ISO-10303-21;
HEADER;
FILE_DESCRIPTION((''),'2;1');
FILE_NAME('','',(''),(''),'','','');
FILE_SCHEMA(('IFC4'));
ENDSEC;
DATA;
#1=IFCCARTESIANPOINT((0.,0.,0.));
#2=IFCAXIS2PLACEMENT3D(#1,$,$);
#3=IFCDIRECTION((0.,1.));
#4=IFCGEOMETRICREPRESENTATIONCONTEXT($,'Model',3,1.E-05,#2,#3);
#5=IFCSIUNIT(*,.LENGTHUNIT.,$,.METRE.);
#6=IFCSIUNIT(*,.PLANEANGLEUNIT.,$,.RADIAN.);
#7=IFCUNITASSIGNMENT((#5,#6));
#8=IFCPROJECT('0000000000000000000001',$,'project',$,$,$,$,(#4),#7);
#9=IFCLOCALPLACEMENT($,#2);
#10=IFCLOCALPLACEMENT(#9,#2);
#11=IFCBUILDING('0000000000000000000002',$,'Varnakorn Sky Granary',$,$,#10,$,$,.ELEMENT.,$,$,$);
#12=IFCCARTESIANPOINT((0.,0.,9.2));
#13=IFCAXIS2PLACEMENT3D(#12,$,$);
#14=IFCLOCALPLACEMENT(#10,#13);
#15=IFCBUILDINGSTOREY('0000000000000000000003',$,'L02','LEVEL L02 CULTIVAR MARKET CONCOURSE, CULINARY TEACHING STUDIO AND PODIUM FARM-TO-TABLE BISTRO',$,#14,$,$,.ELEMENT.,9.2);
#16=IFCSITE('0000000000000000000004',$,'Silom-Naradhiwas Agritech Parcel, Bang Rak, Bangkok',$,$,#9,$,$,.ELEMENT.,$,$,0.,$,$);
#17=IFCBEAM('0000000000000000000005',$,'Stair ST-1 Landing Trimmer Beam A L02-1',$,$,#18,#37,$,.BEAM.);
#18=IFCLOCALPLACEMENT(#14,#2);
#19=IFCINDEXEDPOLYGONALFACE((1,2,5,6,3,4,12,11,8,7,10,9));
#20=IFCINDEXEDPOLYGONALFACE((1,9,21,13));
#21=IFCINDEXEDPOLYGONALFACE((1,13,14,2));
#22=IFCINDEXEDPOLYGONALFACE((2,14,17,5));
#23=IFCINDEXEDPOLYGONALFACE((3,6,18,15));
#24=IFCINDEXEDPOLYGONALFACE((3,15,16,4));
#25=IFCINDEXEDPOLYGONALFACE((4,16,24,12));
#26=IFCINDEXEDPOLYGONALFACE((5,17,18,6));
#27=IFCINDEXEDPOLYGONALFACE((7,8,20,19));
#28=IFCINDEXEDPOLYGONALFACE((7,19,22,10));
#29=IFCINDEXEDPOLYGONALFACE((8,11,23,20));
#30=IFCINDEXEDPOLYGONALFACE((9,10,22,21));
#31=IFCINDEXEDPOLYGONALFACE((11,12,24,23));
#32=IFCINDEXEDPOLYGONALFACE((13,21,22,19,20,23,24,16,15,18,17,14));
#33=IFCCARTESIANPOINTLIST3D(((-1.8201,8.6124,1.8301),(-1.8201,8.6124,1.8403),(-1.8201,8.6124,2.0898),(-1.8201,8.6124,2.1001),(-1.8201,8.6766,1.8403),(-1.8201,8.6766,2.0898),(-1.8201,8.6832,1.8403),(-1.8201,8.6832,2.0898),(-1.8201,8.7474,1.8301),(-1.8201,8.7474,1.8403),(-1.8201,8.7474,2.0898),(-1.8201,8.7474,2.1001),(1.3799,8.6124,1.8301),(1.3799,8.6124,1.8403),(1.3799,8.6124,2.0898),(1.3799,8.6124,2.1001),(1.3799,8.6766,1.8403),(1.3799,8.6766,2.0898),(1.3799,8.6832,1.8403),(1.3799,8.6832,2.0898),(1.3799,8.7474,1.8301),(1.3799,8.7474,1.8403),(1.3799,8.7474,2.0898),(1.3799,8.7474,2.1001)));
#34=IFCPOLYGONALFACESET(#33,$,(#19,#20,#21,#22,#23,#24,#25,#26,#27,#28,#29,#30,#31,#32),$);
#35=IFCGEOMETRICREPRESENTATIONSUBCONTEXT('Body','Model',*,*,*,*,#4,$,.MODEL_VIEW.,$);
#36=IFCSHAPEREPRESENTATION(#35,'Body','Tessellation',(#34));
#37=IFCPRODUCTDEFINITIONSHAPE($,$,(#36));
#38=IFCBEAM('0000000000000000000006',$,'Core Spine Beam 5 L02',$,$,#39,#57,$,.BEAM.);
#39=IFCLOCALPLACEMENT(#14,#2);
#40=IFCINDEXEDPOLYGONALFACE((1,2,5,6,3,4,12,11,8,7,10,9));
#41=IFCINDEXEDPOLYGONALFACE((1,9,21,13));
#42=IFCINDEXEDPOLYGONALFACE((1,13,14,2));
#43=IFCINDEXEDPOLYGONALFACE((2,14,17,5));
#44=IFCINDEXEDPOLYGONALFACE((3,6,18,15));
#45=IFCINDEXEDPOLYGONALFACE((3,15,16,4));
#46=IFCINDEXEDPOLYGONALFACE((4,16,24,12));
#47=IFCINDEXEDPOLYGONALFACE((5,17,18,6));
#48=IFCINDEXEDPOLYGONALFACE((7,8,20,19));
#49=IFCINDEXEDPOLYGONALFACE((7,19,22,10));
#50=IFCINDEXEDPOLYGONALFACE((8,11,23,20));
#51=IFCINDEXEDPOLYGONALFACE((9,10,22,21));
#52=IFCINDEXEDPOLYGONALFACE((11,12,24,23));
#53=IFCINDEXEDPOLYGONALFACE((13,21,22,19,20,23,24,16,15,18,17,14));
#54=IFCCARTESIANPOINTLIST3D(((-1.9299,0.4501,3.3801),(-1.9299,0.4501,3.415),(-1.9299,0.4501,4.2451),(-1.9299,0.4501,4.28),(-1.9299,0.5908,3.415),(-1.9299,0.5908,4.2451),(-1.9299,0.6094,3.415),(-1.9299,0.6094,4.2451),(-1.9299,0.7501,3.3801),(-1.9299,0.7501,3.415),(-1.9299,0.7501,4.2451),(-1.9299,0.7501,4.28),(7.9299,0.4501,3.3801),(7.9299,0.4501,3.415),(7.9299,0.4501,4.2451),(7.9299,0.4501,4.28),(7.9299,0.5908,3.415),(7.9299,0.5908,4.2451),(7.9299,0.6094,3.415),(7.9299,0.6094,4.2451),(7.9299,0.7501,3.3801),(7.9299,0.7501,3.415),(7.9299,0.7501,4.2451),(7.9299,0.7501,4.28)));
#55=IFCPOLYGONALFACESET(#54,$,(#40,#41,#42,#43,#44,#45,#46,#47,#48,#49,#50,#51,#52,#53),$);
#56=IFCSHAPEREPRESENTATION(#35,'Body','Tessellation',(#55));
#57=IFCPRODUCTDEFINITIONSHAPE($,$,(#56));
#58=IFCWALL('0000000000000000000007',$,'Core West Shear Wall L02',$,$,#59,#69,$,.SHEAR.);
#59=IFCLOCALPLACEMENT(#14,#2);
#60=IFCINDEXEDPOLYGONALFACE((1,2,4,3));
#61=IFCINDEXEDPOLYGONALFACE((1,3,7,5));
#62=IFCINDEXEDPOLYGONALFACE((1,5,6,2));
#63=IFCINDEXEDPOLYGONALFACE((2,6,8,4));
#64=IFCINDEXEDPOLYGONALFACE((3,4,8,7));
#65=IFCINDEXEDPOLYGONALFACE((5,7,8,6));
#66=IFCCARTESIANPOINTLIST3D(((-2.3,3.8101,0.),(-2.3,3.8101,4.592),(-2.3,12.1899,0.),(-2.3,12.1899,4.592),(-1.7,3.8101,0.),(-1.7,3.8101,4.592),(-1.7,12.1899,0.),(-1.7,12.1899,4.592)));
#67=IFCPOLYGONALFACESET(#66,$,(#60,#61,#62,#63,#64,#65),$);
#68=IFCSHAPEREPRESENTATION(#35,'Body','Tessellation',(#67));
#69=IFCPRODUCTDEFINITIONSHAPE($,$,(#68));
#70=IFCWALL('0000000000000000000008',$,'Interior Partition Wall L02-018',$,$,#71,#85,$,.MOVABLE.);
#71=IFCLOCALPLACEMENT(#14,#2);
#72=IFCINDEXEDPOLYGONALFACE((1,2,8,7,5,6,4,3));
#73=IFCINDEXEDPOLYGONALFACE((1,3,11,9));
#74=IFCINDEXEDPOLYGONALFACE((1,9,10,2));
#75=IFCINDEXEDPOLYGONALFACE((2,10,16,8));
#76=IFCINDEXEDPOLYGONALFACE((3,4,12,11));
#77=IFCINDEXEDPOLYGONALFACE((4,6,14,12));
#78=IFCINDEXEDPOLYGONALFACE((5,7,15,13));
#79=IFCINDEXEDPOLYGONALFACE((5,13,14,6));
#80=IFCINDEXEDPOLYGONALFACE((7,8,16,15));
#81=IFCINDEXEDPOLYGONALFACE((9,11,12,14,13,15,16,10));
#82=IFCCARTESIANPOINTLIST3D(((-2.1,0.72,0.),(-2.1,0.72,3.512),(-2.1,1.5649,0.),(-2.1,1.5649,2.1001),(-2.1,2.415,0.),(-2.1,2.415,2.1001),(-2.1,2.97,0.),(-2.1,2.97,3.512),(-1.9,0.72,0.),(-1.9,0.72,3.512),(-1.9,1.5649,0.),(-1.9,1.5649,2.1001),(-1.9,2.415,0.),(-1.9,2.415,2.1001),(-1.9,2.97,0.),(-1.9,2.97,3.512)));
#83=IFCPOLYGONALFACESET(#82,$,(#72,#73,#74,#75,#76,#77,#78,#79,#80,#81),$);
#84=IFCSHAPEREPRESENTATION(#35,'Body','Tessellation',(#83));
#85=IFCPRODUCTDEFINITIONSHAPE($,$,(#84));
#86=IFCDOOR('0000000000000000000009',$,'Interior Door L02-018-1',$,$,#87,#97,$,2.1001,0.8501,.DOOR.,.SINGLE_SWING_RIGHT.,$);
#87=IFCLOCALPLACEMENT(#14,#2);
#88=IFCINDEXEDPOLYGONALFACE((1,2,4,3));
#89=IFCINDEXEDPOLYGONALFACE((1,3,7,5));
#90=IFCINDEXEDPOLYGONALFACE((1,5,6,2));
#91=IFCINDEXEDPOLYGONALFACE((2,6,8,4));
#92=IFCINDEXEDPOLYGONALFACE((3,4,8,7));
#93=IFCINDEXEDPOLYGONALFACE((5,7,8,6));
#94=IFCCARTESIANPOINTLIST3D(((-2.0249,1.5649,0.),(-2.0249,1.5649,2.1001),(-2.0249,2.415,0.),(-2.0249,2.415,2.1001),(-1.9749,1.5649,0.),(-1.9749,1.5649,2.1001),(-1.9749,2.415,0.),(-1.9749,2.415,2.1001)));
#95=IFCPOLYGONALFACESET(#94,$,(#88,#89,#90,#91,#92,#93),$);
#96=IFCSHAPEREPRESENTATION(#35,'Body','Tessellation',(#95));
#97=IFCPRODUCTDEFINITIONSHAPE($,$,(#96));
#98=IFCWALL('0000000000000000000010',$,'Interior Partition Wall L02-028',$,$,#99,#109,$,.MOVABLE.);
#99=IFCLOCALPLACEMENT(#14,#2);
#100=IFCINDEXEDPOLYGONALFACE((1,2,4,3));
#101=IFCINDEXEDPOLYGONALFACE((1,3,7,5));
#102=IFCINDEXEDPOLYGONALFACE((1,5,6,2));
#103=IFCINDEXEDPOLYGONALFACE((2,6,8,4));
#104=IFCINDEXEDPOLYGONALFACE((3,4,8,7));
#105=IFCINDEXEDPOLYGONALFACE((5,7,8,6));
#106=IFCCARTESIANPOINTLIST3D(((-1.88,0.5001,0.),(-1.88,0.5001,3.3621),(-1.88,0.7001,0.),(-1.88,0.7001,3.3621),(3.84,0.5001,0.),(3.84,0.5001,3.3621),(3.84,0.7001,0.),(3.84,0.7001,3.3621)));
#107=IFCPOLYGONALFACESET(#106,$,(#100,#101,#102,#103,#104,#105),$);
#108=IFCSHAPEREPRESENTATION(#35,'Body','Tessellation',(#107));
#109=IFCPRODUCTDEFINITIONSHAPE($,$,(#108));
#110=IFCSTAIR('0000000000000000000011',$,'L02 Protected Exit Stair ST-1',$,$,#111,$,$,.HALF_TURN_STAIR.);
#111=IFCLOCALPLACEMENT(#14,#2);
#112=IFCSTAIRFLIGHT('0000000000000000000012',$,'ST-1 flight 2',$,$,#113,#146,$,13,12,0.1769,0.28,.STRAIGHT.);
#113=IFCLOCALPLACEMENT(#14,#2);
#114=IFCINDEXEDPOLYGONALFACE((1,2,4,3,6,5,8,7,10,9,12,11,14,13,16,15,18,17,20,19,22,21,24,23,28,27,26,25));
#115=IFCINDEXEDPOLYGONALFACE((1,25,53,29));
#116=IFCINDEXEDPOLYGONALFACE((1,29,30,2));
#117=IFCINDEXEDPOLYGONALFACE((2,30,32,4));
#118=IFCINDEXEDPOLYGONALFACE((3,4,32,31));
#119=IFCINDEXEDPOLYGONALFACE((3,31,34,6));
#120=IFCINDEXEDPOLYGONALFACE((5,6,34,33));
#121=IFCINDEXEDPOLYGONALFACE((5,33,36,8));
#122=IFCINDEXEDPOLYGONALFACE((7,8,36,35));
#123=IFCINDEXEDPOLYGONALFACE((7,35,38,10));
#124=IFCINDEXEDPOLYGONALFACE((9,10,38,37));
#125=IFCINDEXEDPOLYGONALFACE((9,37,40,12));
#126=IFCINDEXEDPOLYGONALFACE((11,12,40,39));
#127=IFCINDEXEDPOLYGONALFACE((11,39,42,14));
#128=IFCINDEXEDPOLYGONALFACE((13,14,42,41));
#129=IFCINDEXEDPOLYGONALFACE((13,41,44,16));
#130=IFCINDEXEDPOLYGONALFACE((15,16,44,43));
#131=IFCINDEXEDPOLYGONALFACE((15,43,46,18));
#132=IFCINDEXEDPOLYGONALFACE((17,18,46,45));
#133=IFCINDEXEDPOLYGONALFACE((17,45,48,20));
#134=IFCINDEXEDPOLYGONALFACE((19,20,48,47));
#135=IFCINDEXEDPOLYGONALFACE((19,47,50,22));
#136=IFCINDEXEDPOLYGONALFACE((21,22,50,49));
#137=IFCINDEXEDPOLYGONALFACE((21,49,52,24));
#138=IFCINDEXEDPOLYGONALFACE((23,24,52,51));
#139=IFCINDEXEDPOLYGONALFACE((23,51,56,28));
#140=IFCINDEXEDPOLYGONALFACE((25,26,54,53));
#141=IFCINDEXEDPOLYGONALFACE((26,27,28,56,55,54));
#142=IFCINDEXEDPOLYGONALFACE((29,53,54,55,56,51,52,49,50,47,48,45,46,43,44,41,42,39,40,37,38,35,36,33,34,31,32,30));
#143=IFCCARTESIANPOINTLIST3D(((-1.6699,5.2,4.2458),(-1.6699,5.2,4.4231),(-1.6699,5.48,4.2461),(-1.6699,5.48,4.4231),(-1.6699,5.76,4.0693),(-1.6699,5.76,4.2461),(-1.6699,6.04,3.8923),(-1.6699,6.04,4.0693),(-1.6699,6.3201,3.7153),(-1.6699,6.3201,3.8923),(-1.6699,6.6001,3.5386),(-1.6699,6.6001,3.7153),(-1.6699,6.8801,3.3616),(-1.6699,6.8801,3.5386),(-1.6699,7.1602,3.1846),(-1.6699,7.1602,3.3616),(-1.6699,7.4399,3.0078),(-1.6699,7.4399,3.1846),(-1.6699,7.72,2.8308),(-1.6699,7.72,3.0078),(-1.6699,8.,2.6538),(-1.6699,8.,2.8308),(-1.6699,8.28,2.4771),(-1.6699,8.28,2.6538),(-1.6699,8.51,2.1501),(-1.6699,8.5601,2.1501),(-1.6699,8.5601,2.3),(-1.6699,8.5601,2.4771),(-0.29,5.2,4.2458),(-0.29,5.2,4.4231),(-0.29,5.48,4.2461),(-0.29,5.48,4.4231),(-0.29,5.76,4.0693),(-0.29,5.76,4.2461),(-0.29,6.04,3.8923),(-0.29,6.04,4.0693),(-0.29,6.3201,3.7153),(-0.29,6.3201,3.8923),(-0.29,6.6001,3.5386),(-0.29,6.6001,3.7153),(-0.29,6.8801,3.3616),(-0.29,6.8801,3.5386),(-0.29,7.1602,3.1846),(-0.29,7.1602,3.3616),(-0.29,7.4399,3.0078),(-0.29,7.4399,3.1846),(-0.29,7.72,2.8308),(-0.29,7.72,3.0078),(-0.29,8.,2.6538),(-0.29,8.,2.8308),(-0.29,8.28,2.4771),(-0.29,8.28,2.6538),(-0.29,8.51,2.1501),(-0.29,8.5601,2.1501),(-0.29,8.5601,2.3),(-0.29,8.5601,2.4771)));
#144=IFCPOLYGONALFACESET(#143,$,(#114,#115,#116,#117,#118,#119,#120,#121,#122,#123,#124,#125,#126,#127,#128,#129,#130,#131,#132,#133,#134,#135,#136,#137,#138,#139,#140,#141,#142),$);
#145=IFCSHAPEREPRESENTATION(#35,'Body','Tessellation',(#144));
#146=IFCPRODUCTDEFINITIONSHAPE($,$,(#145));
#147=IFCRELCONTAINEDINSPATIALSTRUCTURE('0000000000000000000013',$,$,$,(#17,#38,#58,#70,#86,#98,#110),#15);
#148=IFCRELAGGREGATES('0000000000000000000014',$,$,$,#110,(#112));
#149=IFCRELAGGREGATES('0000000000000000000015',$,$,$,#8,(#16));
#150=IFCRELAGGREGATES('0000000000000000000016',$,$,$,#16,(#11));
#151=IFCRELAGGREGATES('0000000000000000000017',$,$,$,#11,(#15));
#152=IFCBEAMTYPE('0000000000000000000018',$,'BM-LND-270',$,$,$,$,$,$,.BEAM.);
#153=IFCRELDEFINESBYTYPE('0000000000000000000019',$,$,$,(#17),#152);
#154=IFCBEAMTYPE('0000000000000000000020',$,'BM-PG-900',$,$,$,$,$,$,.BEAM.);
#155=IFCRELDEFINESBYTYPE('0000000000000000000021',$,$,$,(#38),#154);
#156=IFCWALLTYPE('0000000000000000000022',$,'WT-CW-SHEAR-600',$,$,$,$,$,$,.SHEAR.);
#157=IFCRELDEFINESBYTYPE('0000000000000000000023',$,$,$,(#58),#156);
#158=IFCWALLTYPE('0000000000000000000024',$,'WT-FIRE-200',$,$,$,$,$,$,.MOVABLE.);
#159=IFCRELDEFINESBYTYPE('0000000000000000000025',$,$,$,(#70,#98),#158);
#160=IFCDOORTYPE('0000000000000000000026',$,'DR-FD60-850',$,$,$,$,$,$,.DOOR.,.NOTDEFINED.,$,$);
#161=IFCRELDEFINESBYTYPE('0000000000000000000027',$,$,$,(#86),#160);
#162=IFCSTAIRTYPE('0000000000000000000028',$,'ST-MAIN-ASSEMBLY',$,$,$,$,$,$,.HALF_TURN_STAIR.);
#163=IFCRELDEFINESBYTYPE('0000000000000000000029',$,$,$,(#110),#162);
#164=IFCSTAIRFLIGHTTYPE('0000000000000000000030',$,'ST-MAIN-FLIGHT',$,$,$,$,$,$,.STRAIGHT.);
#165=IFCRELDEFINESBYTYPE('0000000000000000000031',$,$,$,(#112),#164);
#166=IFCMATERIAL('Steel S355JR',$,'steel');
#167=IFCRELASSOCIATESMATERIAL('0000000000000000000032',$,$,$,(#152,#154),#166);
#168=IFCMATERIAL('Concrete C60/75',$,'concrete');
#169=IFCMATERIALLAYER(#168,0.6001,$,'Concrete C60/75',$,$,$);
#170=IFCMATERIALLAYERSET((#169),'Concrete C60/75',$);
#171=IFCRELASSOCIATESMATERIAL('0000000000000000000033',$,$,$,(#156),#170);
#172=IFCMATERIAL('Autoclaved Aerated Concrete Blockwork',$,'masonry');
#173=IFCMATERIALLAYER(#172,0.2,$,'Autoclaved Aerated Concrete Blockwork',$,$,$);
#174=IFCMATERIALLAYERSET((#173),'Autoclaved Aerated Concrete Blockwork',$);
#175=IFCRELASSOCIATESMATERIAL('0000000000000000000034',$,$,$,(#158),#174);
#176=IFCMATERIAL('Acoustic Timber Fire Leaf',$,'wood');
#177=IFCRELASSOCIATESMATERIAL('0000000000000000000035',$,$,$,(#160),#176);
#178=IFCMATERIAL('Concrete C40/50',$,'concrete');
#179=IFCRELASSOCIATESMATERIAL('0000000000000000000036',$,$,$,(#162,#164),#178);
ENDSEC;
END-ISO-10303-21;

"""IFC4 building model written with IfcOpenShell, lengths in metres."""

from ifc_helpers import new_model, si_unit, direction, frame, frame_2d, origin, origin_2d, place, context, subcontext, project, spatial, polyline, rectangle, i_section, outline, extrude, material, layer, layer_set, material_profile, profile_set, type_object, element, fill, aggregate, save


model = new_model("IFC4")

# Units and contexts
model_context = context("Model", 3, precision=1e-05, world=origin(), true_north=direction((0.0, 1.0)))
body_context = subcontext(model_context, "Body", "Model", "MODEL_VIEW")
ifc_project = project(units=[si_unit("LENGTHUNIT", "METRE"), si_unit("PLANEANGLEUNIT", "RADIAN")], contexts=[model_context])

# Site, building, storey
site_placement = place(None, origin())
site = spatial("IfcSite", under=ifc_project, at=site_placement, Name="Silom-Naradhiwas Agritech Parcel, Bang Rak, Bangkok", CompositionType="ELEMENT", RefElevation=0.0)
building_placement = place(site_placement, origin())
building = spatial("IfcBuilding", under=site, at=building_placement, Name="Varnakorn Sky Granary", CompositionType="ELEMENT")
storey_placement = place(building_placement, frame((0.0, 0.0, 9.2)))
storey = spatial("IfcBuildingStorey", under=building, at=storey_placement, Name="L02", Description="LEVEL L02 CULTIVAR MARKET CONCOURSE, CULINARY TEACHING STUDIO AND PODIUM FARM-TO-TABLE BISTRO", CompositionType="ELEMENT", Elevation=9.2)

# Beams
ifc_material_1 = material(Name="Steel S355JR", Category="steel")
ifc_material_profile_1 = material_profile(ifc_material_1, i_section(OverallWidth=0.135, OverallDepth=0.27, WebThickness=0.0066, FlangeThickness=0.0103, at=origin_2d()), Name="IPE 270")
ifc_profile_set_1 = profile_set([ifc_material_profile_1], Name="Steel S355JR")
beam_type_1 = type_object("IfcBeamType", Name="BM-LND-270", PredefinedType="BEAM", material=ifc_profile_set_1)
beam_1_placement = place(storey_placement, frame((-1.8201, 8.6799, 1.9651), z_axis=(1.0, 0.0, 0.0), x_axis=(0.0, 1.0, 0.0)))
element("IfcBeam", 1, at=beam_1_placement, inside=storey, type_object=beam_type_1, Name="Stair ST-1 Landing Trimmer Beam A L02-1", PredefinedType="BEAM", context=body_context, shape_type="SweptSolid", body=[
    extrude(i_section(OverallWidth=0.135, OverallDepth=0.27, WebThickness=0.0066, FlangeThickness=0.0103, at=origin_2d()), origin(), (0.0, 0.0, 1.0), 3.2),
])
ifc_material_profile_2 = material_profile(ifc_material_1, i_section(OverallWidth=0.3, OverallDepth=0.8999, WebThickness=0.0186, FlangeThickness=0.0349, at=origin_2d()), Name="HE 900 B")
ifc_profile_set_2 = profile_set([ifc_material_profile_2], Name="Steel S355JR")
beam_type_2 = type_object("IfcBeamType", Name="BM-PG-900", PredefinedType="BEAM", material=ifc_profile_set_2)
beam_2_placement = place(storey_placement, frame((-1.9299, 0.6001, 3.8301), z_axis=(1.0, 0.0, 0.0), x_axis=(0.0, 1.0, 0.0)))
element("IfcBeam", 2, at=beam_2_placement, inside=storey, type_object=beam_type_2, Name="Core Spine Beam 5 L02", PredefinedType="BEAM", context=body_context, shape_type="SweptSolid", body=[
    extrude(i_section(OverallWidth=0.3, OverallDepth=0.8999, WebThickness=0.0186, FlangeThickness=0.0349, at=origin_2d()), origin(), (0.0, 0.0, 1.0), 9.8599),
])

# Shared definitions
ifc_material_2 = material(Name="Concrete C60/75", Category="concrete")
ifc_layer_1 = layer(ifc_material_2, 0.6001, Name="Concrete C60/75")
ifc_layer_set_1 = layer_set([ifc_layer_1], Name="Concrete C60/75")
wall_type_1 = type_object("IfcWallType", Name="WT-CW-SHEAR-600", PredefinedType="SHEAR", material=ifc_layer_set_1)

# Wall
wall_1_placement = place(storey_placement, frame((-2.0, 3.8101, 0.0), z_axis=(0.0, 0.0, 1.0), x_axis=(0.0, 1.0, 0.0)))
element("IfcWall", 3, at=wall_1_placement, inside=storey, type_object=wall_type_1, Name="Core West Shear Wall L02", PredefinedType="SHEAR", context=body_context, shape_type="SweptSolid", body=[
    extrude(rectangle(XDim=8.3799, YDim=0.6001, at=frame_2d((4.1899, 0.0))), origin(), (0.0, 0.0, 1.0), 4.592),
])

# Wall, opening, door
ifc_material_3 = material(Name="Autoclaved Aerated Concrete Blockwork", Category="masonry")
ifc_layer_2 = layer(ifc_material_3, 0.2, Name="Autoclaved Aerated Concrete Blockwork")
ifc_layer_set_2 = layer_set([ifc_layer_2], Name="Autoclaved Aerated Concrete Blockwork")
wall_type_2 = type_object("IfcWallType", Name="WT-FIRE-200", PredefinedType="MOVABLE", material=ifc_layer_set_2)
wall_2_placement = place(storey_placement, frame((-2.0, 0.72, 0.0), z_axis=(0.0, 0.0, 1.0), x_axis=(0.0, 1.0, 0.0)))
wall_2 = element("IfcWall", 4, at=wall_2_placement, inside=storey, type_object=wall_type_2, Name="Interior Partition Wall L02-018", PredefinedType="MOVABLE", context=body_context, shape_type="SweptSolid", body=[
    extrude(rectangle(XDim=2.25, YDim=0.2, at=frame_2d((1.125, 0.0))), origin(), (0.0, 0.0, 1.0), 3.512),
])
opening_1_placement = place(wall_2_placement, frame((0.845, 0.0, 0.0)))
opening_1 = element("IfcOpeningElement", 5, at=opening_1_placement, cuts=wall_2, PredefinedType="OPENING", context=body_context, shape_type="SweptSolid", body=[
    extrude(rectangle(XDim=0.8501, YDim=2.1001, at=frame_2d((0.425, 1.05))), frame((0.0, 0.1099, 0.0), z_axis=(0.0, -1.0, 0.0), x_axis=(1.0, 0.0, 0.0)), (0.0, 0.0, 1.0), 0.22),
])
ifc_material_4 = material(Name="Acoustic Timber Fire Leaf", Category="wood")
door_type_1 = type_object("IfcDoorType", Name="DR-FD60-850", OperationType="NOTDEFINED", PredefinedType="DOOR", material=ifc_material_4)
door_1_placement = place(opening_1_placement, origin())
door_1 = element("IfcDoor", 6, at=door_1_placement, inside=storey, type_object=door_type_1, Name="Interior Door L02-018-1", OperationType="SINGLE_SWING_RIGHT", OverallHeight=2.1001, OverallWidth=0.8501, PredefinedType="DOOR", context=body_context, shape_type="SweptSolid", body=[
    extrude(rectangle(XDim=0.8501, YDim=2.1001, at=frame_2d((0.425, 1.05))), frame((0.0, 0.0249, 0.0), z_axis=(0.0, -1.0, 0.0), x_axis=(1.0, 0.0, 0.0)), (0.0, 0.0, 1.0), 0.05),
])
fill(opening_1, door_1)

# Wall
wall_3_placement = place(storey_placement, frame((-1.8799, 0.6001, 0.0), z_axis=(0.0, 0.0, 1.0), x_axis=(1.0, 0.0, 0.0)))
element("IfcWall", 7, at=wall_3_placement, inside=storey, type_object=wall_type_2, Name="Interior Partition Wall L02-028", PredefinedType="MOVABLE", context=body_context, shape_type="SweptSolid", body=[
    extrude(rectangle(XDim=5.72, YDim=0.2, at=frame_2d((2.8599, 0.0))), origin(), (0.0, 0.0, 1.0), 3.3621),
])

# Stair, stair flight
ifc_material_5 = material(Name="Concrete C40/50", Category="concrete")
stair_type = type_object("IfcStairType", Name="ST-MAIN-ASSEMBLY", PredefinedType="HALF_TURN_STAIR", material=ifc_material_5)
stair_placement = place(storey_placement, origin())
stair = element("IfcStair", 8, at=stair_placement, inside=storey, type_object=stair_type, Name="L02 Protected Exit Stair ST-1", PredefinedType="HALF_TURN_STAIR")
stair_flight_type = type_object("IfcStairFlightType", Name="ST-MAIN-FLIGHT", PredefinedType="STRAIGHT", material=ifc_material_5)
stair_flight_placement = place(storey_placement, frame((-0.98, 8.5601, 2.3), z_axis=(0.0, 0.0, 1.0), x_axis=(0.0, -1.0, 0.0)))
stair_flight = element("IfcStairFlight", 9, at=stair_flight_placement, type_object=stair_flight_type, Name="ST-1 flight 2", NumberOfRisers=13, NumberOfTreads=12, PredefinedType="STRAIGHT", RiserHeight=0.1769, TreadLength=0.28, context=body_context, shape_type="SweptSolid", body=[
    extrude(outline(polyline([(0.0, -0.1499), (0.0, 0.0), (0.0, 0.177), (0.28, 0.177), (0.28, 0.3538), (0.5601, 0.3538), (0.5601, 0.5308), (0.8401, 0.5308), (0.8401, 0.7078), (1.1201, 0.7078), (1.1201, 0.8845), (1.3999, 0.8845), (1.3999, 1.0615), (1.6799, 1.0615), (1.6799, 1.2385), (1.96, 1.2385), (1.96, 1.4153), (2.24, 1.4153), (2.24, 1.5923), (2.52, 1.5923), (2.52, 1.7693), (2.8, 1.7693), (2.8, 1.946), (3.0801, 1.946), (3.0801, 2.123), (3.3601, 2.123), (3.3601, 2.3), (3.3601, 1.9458), (0.05, -0.1499), (0.0, -0.1499)])), frame((0.0, 0.6899, 0.0), z_axis=(0.0, -1.0, 0.0), x_axis=(1.0, 0.0, 0.0)), (0.0, 0.0, 1.0), 1.3799),
])
aggregate(stair, [stair_flight])

save(model, "model.ifc")
